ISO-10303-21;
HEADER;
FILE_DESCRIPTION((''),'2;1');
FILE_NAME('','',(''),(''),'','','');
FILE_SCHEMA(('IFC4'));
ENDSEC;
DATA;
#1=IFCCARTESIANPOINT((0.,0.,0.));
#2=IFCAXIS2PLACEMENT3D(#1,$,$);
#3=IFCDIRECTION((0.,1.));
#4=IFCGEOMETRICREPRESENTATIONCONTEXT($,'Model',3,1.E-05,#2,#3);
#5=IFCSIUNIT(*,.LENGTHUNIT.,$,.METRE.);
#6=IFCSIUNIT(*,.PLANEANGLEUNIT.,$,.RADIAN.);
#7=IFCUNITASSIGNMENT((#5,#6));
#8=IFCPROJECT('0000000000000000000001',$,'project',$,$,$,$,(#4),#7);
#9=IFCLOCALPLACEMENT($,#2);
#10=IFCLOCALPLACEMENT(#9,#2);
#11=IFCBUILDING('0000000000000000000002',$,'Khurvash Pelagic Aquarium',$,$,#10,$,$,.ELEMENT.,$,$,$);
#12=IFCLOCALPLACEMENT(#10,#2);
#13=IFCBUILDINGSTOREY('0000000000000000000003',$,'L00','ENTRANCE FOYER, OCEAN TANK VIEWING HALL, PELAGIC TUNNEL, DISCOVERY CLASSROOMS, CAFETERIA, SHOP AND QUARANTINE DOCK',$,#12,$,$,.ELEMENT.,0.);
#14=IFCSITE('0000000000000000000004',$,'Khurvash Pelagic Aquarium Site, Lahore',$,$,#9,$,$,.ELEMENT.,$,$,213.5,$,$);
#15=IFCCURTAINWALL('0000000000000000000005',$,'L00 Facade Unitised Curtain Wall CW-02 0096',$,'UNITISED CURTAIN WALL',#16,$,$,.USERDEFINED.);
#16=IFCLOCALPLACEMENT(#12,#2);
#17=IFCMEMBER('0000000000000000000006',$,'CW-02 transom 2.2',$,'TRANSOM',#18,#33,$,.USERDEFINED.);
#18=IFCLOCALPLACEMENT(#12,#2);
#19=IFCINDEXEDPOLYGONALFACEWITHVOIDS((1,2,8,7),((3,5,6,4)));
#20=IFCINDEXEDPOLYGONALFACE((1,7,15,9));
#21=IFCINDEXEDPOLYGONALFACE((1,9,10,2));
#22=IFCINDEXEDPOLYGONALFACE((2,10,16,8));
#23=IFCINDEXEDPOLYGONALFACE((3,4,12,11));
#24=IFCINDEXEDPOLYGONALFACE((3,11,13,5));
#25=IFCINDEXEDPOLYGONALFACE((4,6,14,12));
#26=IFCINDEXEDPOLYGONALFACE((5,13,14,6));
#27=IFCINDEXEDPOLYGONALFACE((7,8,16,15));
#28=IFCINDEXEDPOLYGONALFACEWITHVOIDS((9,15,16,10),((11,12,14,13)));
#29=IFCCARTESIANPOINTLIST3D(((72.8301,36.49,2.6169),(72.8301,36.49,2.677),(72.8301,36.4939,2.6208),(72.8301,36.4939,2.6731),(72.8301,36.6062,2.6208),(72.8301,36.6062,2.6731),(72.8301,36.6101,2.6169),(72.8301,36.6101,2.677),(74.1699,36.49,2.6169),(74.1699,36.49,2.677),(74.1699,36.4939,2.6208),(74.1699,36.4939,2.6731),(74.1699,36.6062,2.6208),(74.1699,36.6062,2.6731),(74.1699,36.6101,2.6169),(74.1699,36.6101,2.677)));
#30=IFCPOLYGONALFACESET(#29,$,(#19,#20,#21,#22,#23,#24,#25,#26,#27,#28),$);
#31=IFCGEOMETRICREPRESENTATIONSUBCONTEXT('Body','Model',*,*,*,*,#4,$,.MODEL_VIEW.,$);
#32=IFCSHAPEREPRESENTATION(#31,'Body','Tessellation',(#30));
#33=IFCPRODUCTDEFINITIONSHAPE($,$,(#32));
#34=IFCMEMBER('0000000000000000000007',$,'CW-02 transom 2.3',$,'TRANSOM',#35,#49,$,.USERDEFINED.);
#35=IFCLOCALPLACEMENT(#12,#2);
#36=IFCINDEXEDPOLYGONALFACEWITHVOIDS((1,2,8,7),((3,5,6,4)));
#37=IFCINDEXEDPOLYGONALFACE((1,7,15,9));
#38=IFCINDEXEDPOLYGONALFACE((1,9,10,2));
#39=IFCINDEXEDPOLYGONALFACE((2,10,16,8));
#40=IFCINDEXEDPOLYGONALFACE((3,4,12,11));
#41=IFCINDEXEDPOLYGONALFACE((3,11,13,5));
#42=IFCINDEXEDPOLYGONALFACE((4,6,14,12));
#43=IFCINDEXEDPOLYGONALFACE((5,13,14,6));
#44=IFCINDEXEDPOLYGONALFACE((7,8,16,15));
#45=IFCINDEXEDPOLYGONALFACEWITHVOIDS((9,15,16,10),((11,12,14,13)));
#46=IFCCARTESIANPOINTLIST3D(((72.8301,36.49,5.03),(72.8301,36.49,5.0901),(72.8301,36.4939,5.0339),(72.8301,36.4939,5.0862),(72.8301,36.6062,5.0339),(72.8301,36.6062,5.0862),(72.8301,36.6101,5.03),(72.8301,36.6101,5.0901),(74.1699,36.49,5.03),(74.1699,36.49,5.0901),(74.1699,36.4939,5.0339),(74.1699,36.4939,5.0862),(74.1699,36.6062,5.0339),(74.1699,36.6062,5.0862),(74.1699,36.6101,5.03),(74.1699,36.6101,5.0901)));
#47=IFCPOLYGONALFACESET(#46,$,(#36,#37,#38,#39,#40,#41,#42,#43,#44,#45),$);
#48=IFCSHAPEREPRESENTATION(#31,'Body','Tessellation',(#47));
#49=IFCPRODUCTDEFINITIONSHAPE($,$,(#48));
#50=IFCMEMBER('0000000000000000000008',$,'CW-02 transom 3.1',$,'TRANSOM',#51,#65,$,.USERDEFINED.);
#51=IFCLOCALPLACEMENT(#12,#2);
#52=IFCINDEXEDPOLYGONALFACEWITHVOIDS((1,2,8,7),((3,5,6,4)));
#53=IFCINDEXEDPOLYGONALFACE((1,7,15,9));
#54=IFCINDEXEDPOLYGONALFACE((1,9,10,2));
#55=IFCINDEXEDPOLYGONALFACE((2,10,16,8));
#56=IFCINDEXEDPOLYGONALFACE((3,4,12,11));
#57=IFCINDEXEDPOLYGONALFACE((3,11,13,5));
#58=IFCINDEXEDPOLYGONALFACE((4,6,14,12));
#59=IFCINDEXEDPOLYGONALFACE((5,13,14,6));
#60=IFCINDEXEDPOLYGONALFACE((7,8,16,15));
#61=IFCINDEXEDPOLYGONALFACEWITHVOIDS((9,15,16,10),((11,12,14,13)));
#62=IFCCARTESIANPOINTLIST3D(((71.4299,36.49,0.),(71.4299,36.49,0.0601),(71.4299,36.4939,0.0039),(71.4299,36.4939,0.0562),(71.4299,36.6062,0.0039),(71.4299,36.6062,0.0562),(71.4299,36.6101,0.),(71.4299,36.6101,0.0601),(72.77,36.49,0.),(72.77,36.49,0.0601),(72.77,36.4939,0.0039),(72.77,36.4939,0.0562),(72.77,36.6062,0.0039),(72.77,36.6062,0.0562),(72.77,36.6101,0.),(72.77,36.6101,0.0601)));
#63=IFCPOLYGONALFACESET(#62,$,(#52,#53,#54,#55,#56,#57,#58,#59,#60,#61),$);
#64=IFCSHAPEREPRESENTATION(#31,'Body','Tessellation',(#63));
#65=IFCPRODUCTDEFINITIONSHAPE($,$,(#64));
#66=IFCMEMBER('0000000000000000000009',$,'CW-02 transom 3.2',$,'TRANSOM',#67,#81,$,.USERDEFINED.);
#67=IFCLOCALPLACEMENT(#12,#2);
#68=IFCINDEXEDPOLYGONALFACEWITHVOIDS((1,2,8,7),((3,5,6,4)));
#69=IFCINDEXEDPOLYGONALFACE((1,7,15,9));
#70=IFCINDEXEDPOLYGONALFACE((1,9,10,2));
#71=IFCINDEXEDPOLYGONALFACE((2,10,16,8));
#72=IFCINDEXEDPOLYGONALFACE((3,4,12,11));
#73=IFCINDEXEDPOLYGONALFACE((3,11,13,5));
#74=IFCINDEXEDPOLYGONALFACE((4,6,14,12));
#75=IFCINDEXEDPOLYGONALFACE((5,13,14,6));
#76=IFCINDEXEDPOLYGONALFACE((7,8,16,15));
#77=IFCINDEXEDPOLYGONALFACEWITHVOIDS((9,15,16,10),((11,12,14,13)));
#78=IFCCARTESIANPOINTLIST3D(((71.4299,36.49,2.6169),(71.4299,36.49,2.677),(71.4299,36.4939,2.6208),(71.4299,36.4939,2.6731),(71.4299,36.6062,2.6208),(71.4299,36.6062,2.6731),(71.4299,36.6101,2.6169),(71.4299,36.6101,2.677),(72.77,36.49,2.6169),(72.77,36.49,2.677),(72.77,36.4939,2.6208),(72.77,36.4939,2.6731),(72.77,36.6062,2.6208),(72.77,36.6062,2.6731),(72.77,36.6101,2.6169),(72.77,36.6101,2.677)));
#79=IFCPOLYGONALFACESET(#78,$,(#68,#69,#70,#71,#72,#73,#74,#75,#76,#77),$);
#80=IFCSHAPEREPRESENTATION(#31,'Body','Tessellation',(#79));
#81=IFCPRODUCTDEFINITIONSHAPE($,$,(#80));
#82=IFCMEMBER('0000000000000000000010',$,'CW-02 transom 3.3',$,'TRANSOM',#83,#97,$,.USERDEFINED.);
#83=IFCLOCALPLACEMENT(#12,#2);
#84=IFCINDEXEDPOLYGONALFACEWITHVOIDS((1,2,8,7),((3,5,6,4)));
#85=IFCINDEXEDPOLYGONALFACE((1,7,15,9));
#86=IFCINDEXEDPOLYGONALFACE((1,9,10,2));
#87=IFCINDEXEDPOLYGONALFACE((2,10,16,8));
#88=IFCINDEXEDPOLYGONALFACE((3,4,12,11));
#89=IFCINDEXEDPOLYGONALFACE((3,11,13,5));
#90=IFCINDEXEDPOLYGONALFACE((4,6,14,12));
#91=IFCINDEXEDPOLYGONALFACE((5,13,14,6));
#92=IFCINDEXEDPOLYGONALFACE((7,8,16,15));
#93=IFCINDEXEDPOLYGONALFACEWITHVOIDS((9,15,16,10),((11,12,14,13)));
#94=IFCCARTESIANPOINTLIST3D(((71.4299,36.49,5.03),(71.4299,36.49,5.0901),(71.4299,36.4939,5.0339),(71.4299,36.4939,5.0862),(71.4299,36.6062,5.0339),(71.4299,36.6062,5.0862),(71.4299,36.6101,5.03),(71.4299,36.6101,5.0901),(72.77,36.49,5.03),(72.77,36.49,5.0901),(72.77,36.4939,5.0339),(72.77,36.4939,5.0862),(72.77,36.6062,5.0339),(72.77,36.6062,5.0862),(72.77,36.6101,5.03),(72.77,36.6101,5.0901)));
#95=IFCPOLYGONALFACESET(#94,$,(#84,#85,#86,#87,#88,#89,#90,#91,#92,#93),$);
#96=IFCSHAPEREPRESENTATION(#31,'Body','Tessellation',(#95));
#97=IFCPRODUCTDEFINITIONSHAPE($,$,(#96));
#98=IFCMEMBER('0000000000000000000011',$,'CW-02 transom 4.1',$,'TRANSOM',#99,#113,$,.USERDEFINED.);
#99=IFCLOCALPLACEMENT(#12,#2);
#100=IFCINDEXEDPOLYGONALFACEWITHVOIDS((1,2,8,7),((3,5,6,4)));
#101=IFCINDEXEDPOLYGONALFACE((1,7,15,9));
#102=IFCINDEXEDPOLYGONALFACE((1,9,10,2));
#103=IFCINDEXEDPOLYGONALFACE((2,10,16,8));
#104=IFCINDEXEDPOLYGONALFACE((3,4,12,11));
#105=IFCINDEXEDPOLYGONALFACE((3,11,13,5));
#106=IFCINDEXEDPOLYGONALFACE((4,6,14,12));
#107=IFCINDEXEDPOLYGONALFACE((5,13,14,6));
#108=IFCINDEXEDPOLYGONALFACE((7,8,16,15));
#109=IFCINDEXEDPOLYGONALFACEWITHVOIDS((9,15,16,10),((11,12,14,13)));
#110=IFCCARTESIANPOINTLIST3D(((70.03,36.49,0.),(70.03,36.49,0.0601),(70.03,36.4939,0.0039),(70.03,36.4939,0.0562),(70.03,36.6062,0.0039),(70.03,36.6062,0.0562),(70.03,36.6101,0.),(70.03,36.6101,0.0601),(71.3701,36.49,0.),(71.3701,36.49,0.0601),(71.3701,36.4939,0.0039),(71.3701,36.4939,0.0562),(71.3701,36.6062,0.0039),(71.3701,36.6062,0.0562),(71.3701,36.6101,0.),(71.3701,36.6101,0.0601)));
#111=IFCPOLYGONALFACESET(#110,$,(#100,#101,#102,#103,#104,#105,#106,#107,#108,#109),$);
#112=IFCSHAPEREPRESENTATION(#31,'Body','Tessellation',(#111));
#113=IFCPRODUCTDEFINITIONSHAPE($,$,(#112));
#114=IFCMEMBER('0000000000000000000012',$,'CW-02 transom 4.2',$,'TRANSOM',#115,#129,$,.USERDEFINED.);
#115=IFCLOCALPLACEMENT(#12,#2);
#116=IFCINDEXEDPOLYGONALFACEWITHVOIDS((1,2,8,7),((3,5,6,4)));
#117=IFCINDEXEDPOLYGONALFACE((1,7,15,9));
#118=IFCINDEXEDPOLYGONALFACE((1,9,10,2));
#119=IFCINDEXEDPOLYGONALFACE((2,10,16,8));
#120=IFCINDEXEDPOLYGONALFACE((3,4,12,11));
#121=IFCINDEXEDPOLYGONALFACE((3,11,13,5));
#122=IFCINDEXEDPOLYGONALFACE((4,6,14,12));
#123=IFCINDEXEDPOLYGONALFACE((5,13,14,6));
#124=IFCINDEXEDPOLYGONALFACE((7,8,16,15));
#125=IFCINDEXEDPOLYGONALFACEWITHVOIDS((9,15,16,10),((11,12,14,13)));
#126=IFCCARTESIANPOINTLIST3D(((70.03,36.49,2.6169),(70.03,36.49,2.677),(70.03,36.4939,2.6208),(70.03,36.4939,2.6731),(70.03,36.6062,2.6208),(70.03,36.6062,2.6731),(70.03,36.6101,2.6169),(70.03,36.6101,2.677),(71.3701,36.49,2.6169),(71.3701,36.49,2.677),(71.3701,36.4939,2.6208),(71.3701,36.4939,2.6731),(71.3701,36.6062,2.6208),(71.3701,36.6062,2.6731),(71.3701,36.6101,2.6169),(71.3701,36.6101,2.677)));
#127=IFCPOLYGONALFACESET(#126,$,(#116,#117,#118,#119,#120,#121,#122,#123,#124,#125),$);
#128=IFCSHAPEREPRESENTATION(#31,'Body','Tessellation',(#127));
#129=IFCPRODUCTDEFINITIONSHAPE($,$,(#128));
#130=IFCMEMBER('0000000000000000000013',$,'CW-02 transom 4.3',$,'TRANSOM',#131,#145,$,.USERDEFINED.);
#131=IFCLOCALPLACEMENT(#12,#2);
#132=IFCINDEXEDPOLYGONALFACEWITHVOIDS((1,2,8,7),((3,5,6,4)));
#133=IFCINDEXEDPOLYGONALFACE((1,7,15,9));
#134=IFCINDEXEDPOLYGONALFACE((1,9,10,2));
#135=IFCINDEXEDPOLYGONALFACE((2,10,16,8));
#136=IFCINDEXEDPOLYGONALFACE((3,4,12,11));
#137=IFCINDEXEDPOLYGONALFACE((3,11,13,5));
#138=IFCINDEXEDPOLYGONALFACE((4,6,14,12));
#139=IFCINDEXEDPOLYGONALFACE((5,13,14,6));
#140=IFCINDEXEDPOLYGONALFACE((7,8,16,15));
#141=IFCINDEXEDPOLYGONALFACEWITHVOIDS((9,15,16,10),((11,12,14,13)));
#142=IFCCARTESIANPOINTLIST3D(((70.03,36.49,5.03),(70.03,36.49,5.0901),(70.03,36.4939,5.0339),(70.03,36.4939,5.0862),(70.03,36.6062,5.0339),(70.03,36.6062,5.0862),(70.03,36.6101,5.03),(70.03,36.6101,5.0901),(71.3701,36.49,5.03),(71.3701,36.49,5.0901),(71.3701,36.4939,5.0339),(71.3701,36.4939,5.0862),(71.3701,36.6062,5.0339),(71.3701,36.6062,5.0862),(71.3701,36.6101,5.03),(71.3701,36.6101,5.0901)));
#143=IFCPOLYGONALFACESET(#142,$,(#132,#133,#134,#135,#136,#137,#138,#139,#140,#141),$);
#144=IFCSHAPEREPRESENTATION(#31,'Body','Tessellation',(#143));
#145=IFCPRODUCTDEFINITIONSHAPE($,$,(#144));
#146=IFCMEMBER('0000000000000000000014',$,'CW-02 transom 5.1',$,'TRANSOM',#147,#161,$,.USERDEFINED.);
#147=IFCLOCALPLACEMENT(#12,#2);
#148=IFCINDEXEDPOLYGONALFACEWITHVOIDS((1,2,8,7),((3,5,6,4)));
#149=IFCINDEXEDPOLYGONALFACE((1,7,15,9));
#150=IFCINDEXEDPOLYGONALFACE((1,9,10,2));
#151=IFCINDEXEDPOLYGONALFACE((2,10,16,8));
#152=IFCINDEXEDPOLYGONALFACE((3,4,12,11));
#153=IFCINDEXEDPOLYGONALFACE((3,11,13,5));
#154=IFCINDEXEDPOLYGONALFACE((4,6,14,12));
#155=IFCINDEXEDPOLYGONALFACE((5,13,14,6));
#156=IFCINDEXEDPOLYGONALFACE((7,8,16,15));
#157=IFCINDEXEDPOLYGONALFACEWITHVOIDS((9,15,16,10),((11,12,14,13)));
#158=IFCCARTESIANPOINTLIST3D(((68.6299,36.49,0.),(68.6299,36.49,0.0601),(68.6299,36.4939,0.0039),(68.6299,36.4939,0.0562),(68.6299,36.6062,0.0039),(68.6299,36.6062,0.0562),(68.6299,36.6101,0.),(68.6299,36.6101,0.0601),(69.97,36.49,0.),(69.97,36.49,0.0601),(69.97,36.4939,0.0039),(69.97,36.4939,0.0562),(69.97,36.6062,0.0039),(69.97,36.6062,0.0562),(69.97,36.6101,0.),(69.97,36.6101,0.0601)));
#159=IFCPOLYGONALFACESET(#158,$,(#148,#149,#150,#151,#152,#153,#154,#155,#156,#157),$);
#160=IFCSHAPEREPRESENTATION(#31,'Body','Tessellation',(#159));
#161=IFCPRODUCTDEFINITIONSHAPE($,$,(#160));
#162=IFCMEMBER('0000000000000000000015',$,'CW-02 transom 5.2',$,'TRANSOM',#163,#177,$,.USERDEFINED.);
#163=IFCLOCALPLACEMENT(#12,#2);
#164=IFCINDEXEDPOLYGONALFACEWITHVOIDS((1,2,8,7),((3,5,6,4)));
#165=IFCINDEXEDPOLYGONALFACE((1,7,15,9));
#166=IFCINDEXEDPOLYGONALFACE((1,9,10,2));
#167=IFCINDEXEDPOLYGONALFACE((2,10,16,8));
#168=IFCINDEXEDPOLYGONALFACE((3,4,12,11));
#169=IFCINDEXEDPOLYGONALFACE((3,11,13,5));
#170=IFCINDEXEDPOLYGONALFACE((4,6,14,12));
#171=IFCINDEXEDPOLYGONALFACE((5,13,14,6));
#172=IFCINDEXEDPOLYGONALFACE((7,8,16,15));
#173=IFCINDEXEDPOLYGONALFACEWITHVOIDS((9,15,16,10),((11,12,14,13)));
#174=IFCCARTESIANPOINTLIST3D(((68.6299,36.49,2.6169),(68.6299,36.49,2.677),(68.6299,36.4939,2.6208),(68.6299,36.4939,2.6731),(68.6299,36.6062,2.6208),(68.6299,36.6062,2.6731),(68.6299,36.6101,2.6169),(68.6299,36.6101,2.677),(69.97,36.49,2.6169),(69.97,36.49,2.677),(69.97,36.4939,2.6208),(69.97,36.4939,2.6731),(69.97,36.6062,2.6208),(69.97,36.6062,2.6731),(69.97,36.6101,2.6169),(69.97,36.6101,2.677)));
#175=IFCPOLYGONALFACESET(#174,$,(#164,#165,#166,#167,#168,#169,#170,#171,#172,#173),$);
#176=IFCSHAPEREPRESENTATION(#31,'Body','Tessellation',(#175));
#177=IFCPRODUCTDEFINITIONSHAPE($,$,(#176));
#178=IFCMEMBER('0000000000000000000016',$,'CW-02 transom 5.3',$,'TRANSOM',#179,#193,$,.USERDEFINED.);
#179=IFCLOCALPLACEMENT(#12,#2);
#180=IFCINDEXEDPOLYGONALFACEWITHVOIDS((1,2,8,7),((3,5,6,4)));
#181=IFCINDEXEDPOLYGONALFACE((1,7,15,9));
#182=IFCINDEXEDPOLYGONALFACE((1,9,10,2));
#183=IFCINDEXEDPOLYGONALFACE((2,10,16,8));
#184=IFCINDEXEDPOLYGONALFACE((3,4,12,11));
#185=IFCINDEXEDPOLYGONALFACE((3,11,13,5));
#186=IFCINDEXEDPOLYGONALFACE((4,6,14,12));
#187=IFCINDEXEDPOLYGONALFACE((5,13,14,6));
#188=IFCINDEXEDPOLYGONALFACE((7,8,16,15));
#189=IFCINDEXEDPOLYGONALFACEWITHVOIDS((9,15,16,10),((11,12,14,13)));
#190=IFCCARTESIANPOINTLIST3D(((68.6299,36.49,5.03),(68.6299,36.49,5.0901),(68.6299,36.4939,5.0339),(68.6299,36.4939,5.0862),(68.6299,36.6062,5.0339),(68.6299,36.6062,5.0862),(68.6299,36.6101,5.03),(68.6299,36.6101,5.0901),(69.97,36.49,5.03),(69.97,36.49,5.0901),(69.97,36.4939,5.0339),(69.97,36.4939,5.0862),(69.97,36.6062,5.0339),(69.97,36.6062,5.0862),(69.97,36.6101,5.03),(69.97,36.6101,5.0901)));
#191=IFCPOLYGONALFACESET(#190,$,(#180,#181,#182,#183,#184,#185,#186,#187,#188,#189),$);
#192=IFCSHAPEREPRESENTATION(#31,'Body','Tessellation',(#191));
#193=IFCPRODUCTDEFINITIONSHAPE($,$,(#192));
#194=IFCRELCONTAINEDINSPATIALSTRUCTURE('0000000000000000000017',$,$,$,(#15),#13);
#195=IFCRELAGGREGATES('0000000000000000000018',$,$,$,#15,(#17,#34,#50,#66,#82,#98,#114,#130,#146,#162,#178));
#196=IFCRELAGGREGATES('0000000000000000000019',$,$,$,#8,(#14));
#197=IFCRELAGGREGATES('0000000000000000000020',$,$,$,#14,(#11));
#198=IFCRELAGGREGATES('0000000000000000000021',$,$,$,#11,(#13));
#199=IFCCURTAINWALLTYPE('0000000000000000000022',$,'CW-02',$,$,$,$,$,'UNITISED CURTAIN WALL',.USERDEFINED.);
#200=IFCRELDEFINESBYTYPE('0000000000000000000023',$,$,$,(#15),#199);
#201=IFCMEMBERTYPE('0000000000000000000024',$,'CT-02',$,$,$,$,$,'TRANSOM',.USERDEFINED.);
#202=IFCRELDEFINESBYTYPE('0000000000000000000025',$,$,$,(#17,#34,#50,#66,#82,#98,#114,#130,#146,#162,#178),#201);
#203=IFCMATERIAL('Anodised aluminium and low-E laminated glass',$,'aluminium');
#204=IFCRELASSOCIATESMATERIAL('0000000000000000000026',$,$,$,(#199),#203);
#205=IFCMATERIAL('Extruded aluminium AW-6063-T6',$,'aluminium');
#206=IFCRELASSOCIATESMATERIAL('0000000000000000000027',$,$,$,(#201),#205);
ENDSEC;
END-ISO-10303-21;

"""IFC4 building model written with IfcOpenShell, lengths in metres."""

from ifc_helpers import new_model, si_unit, direction, frame, origin, origin_2d, place, context, subcontext, project, spatial, hollow_rectangle, extrude, material, material_profile, profile_set, type_object, element, aggregate, save


model = new_model("IFC4")

# Units and contexts
model_context = context("Model", 3, precision=1e-05, world=origin(), true_north=direction((0.0, 1.0)))
body_context = subcontext(model_context, "Body", "Model", "MODEL_VIEW")
ifc_project = project(units=[si_unit("LENGTHUNIT", "METRE"), si_unit("PLANEANGLEUNIT", "RADIAN")], contexts=[model_context])

# Site, building, storey
site_placement = place(None, origin())
site = spatial("IfcSite", under=ifc_project, at=site_placement, Name="Khurvash Pelagic Aquarium Site, Lahore", CompositionType="ELEMENT", RefElevation=213.5)
building_placement = place(site_placement, origin())
building = spatial("IfcBuilding", under=site, at=building_placement, Name="Khurvash Pelagic Aquarium", CompositionType="ELEMENT")
storey_placement = place(building_placement, origin())
storey = spatial("IfcBuildingStorey", under=building, at=storey_placement, Name="L00", Description="ENTRANCE FOYER, OCEAN TANK VIEWING HALL, PELAGIC TUNNEL, DISCOVERY CLASSROOMS, CAFETERIA, SHOP AND QUARANTINE DOCK", CompositionType="ELEMENT", Elevation=0.0)

# Curtain wall, members
ifc_material_1 = material(Name="Anodised aluminium and low-E laminated glass", Category="aluminium")
curtain_wall_type = type_object("IfcCurtainWallType", Name="CW-02", ElementType="UNITISED CURTAIN WALL", PredefinedType="USERDEFINED", material=ifc_material_1)
curtain_wall_placement = place(storey_placement, origin())
curtain_wall = element("IfcCurtainWall", 1, at=curtain_wall_placement, inside=storey, type_object=curtain_wall_type, Name="L00 Facade Unitised Curtain Wall CW-02 0096", ObjectType="UNITISED CURTAIN WALL", PredefinedType="USERDEFINED")
ifc_material_2 = material(Name="Extruded aluminium AW-6063-T6", Category="aluminium")
ifc_material_profile_1 = material_profile(ifc_material_2, hollow_rectangle(XDim=0.1201, YDim=0.0601, WallThickness=0.0039, at=origin_2d()), Name="CWT120X60X4")
ifc_profile_set_1 = profile_set([ifc_material_profile_1], Name="Extruded aluminium AW-6063-T6")
member_type_1 = type_object("IfcMemberType", Name="CT-02", ElementType="TRANSOM", PredefinedType="USERDEFINED", material=ifc_profile_set_1)
member_1_placement = place(storey_placement, frame((74.1699, 36.55, 2.647), z_axis=(-1.0, 0.0, 0.0), x_axis=(0.0, -1.0, 0.0)))
member_1 = element("IfcMember", 2, at=member_1_placement, type_object=member_type_1, Name="CW-02 transom 2.2", ObjectType="TRANSOM", PredefinedType="USERDEFINED", context=body_context, shape_type="SweptSolid", body=[
    extrude(hollow_rectangle(XDim=0.1201, YDim=0.0601, WallThickness=0.0039, at=origin_2d()), origin(), (0.0, 0.0, 1.0), 1.3398),
])
member_2_placement = place(storey_placement, frame((74.1699, 36.55, 5.0601), z_axis=(-1.0, 0.0, 0.0), x_axis=(0.0, -1.0, 0.0)))
member_2 = element("IfcMember", 3, at=member_2_placement, type_object=member_type_1, Name="CW-02 transom 2.3", ObjectType="TRANSOM", PredefinedType="USERDEFINED", context=body_context, shape_type="SweptSolid", body=[
    extrude(hollow_rectangle(XDim=0.1201, YDim=0.0601, WallThickness=0.0039, at=origin_2d()), origin(), (0.0, 0.0, 1.0), 1.3398),
])
member_3_placement = place(storey_placement, frame((72.77, 36.55, 0.03), z_axis=(-1.0, 0.0, 0.0), x_axis=(0.0, -1.0, 0.0)))
member_3 = element("IfcMember", 4, at=member_3_placement, type_object=member_type_1, Name="CW-02 transom 3.1", ObjectType="TRANSOM", PredefinedType="USERDEFINED", context=body_context, shape_type="SweptSolid", body=[
    extrude(hollow_rectangle(XDim=0.1201, YDim=0.0601, WallThickness=0.0039, at=origin_2d()), origin(), (0.0, 0.0, 1.0), 1.3401),
])
member_4_placement = place(storey_placement, frame((72.77, 36.55, 2.647), z_axis=(-1.0, 0.0, 0.0), x_axis=(0.0, -1.0, 0.0)))
member_4 = element("IfcMember", 5, at=member_4_placement, type_object=member_type_1, Name="CW-02 transom 3.2", ObjectType="TRANSOM", PredefinedType="USERDEFINED", context=body_context, shape_type="SweptSolid", body=[
    extrude(hollow_rectangle(XDim=0.1201, YDim=0.0601, WallThickness=0.0039, at=origin_2d()), origin(), (0.0, 0.0, 1.0), 1.3401),
])
member_5_placement = place(storey_placement, frame((72.77, 36.55, 5.0601), z_axis=(-1.0, 0.0, 0.0), x_axis=(0.0, -1.0, 0.0)))
member_5 = element("IfcMember", 6, at=member_5_placement, type_object=member_type_1, Name="CW-02 transom 3.3", ObjectType="TRANSOM", PredefinedType="USERDEFINED", context=body_context, shape_type="SweptSolid", body=[
    extrude(hollow_rectangle(XDim=0.1201, YDim=0.0601, WallThickness=0.0039, at=origin_2d()), origin(), (0.0, 0.0, 1.0), 1.3401),
])
member_6_placement = place(storey_placement, frame((71.3701, 36.55, 0.03), z_axis=(-1.0, 0.0, 0.0), x_axis=(0.0, -1.0, 0.0)))
member_6 = element("IfcMember", 7, at=member_6_placement, type_object=member_type_1, Name="CW-02 transom 4.1", ObjectType="TRANSOM", PredefinedType="USERDEFINED", context=body_context, shape_type="SweptSolid", body=[
    extrude(hollow_rectangle(XDim=0.1201, YDim=0.0601, WallThickness=0.0039, at=origin_2d()), origin(), (0.0, 0.0, 1.0), 1.3401),
])
member_7_placement = place(storey_placement, frame((71.3701, 36.55, 2.647), z_axis=(-1.0, 0.0, 0.0), x_axis=(0.0, -1.0, 0.0)))
member_7 = element("IfcMember", 8, at=member_7_placement, type_object=member_type_1, Name="CW-02 transom 4.2", ObjectType="TRANSOM", PredefinedType="USERDEFINED", context=body_context, shape_type="SweptSolid", body=[
    extrude(hollow_rectangle(XDim=0.1201, YDim=0.0601, WallThickness=0.0039, at=origin_2d()), origin(), (0.0, 0.0, 1.0), 1.3401),
])
member_8_placement = place(storey_placement, frame((71.3701, 36.55, 5.0601), z_axis=(-1.0, 0.0, 0.0), x_axis=(0.0, -1.0, 0.0)))
member_8 = element("IfcMember", 9, at=member_8_placement, type_object=member_type_1, Name="CW-02 transom 4.3", ObjectType="TRANSOM", PredefinedType="USERDEFINED", context=body_context, shape_type="SweptSolid", body=[
    extrude(hollow_rectangle(XDim=0.1201, YDim=0.0601, WallThickness=0.0039, at=origin_2d()), origin(), (0.0, 0.0, 1.0), 1.3401),
])
member_9_placement = place(storey_placement, frame((69.97, 36.55, 0.03), z_axis=(-1.0, 0.0, 0.0), x_axis=(0.0, -1.0, 0.0)))
member_9 = element("IfcMember", 10, at=member_9_placement, type_object=member_type_1, Name="CW-02 transom 5.1", ObjectType="TRANSOM", PredefinedType="USERDEFINED", context=body_context, shape_type="SweptSolid", body=[
    extrude(hollow_rectangle(XDim=0.1201, YDim=0.0601, WallThickness=0.0039, at=origin_2d()), origin(), (0.0, 0.0, 1.0), 1.3401),
])
member_10_placement = place(storey_placement, frame((69.97, 36.55, 2.647), z_axis=(-1.0, 0.0, 0.0), x_axis=(0.0, -1.0, 0.0)))
member_10 = element("IfcMember", 11, at=member_10_placement, type_object=member_type_1, Name="CW-02 transom 5.2", ObjectType="TRANSOM", PredefinedType="USERDEFINED", context=body_context, shape_type="SweptSolid", body=[
    extrude(hollow_rectangle(XDim=0.1201, YDim=0.0601, WallThickness=0.0039, at=origin_2d()), origin(), (0.0, 0.0, 1.0), 1.3401),
])
member_11_placement = place(storey_placement, frame((69.97, 36.55, 5.0601), z_axis=(-1.0, 0.0, 0.0), x_axis=(0.0, -1.0, 0.0)))
member_11 = element("IfcMember", 12, at=member_11_placement, type_object=member_type_1, Name="CW-02 transom 5.3", ObjectType="TRANSOM", PredefinedType="USERDEFINED", context=body_context, shape_type="SweptSolid", body=[
    extrude(hollow_rectangle(XDim=0.1201, YDim=0.0601, WallThickness=0.0039, at=origin_2d()), origin(), (0.0, 0.0, 1.0), 1.3401),
])
aggregate(curtain_wall, [member_1, member_2, member_3, member_4, member_5, member_6, member_7, member_8, member_9, member_10, member_11])

save(model, "model.ifc")
